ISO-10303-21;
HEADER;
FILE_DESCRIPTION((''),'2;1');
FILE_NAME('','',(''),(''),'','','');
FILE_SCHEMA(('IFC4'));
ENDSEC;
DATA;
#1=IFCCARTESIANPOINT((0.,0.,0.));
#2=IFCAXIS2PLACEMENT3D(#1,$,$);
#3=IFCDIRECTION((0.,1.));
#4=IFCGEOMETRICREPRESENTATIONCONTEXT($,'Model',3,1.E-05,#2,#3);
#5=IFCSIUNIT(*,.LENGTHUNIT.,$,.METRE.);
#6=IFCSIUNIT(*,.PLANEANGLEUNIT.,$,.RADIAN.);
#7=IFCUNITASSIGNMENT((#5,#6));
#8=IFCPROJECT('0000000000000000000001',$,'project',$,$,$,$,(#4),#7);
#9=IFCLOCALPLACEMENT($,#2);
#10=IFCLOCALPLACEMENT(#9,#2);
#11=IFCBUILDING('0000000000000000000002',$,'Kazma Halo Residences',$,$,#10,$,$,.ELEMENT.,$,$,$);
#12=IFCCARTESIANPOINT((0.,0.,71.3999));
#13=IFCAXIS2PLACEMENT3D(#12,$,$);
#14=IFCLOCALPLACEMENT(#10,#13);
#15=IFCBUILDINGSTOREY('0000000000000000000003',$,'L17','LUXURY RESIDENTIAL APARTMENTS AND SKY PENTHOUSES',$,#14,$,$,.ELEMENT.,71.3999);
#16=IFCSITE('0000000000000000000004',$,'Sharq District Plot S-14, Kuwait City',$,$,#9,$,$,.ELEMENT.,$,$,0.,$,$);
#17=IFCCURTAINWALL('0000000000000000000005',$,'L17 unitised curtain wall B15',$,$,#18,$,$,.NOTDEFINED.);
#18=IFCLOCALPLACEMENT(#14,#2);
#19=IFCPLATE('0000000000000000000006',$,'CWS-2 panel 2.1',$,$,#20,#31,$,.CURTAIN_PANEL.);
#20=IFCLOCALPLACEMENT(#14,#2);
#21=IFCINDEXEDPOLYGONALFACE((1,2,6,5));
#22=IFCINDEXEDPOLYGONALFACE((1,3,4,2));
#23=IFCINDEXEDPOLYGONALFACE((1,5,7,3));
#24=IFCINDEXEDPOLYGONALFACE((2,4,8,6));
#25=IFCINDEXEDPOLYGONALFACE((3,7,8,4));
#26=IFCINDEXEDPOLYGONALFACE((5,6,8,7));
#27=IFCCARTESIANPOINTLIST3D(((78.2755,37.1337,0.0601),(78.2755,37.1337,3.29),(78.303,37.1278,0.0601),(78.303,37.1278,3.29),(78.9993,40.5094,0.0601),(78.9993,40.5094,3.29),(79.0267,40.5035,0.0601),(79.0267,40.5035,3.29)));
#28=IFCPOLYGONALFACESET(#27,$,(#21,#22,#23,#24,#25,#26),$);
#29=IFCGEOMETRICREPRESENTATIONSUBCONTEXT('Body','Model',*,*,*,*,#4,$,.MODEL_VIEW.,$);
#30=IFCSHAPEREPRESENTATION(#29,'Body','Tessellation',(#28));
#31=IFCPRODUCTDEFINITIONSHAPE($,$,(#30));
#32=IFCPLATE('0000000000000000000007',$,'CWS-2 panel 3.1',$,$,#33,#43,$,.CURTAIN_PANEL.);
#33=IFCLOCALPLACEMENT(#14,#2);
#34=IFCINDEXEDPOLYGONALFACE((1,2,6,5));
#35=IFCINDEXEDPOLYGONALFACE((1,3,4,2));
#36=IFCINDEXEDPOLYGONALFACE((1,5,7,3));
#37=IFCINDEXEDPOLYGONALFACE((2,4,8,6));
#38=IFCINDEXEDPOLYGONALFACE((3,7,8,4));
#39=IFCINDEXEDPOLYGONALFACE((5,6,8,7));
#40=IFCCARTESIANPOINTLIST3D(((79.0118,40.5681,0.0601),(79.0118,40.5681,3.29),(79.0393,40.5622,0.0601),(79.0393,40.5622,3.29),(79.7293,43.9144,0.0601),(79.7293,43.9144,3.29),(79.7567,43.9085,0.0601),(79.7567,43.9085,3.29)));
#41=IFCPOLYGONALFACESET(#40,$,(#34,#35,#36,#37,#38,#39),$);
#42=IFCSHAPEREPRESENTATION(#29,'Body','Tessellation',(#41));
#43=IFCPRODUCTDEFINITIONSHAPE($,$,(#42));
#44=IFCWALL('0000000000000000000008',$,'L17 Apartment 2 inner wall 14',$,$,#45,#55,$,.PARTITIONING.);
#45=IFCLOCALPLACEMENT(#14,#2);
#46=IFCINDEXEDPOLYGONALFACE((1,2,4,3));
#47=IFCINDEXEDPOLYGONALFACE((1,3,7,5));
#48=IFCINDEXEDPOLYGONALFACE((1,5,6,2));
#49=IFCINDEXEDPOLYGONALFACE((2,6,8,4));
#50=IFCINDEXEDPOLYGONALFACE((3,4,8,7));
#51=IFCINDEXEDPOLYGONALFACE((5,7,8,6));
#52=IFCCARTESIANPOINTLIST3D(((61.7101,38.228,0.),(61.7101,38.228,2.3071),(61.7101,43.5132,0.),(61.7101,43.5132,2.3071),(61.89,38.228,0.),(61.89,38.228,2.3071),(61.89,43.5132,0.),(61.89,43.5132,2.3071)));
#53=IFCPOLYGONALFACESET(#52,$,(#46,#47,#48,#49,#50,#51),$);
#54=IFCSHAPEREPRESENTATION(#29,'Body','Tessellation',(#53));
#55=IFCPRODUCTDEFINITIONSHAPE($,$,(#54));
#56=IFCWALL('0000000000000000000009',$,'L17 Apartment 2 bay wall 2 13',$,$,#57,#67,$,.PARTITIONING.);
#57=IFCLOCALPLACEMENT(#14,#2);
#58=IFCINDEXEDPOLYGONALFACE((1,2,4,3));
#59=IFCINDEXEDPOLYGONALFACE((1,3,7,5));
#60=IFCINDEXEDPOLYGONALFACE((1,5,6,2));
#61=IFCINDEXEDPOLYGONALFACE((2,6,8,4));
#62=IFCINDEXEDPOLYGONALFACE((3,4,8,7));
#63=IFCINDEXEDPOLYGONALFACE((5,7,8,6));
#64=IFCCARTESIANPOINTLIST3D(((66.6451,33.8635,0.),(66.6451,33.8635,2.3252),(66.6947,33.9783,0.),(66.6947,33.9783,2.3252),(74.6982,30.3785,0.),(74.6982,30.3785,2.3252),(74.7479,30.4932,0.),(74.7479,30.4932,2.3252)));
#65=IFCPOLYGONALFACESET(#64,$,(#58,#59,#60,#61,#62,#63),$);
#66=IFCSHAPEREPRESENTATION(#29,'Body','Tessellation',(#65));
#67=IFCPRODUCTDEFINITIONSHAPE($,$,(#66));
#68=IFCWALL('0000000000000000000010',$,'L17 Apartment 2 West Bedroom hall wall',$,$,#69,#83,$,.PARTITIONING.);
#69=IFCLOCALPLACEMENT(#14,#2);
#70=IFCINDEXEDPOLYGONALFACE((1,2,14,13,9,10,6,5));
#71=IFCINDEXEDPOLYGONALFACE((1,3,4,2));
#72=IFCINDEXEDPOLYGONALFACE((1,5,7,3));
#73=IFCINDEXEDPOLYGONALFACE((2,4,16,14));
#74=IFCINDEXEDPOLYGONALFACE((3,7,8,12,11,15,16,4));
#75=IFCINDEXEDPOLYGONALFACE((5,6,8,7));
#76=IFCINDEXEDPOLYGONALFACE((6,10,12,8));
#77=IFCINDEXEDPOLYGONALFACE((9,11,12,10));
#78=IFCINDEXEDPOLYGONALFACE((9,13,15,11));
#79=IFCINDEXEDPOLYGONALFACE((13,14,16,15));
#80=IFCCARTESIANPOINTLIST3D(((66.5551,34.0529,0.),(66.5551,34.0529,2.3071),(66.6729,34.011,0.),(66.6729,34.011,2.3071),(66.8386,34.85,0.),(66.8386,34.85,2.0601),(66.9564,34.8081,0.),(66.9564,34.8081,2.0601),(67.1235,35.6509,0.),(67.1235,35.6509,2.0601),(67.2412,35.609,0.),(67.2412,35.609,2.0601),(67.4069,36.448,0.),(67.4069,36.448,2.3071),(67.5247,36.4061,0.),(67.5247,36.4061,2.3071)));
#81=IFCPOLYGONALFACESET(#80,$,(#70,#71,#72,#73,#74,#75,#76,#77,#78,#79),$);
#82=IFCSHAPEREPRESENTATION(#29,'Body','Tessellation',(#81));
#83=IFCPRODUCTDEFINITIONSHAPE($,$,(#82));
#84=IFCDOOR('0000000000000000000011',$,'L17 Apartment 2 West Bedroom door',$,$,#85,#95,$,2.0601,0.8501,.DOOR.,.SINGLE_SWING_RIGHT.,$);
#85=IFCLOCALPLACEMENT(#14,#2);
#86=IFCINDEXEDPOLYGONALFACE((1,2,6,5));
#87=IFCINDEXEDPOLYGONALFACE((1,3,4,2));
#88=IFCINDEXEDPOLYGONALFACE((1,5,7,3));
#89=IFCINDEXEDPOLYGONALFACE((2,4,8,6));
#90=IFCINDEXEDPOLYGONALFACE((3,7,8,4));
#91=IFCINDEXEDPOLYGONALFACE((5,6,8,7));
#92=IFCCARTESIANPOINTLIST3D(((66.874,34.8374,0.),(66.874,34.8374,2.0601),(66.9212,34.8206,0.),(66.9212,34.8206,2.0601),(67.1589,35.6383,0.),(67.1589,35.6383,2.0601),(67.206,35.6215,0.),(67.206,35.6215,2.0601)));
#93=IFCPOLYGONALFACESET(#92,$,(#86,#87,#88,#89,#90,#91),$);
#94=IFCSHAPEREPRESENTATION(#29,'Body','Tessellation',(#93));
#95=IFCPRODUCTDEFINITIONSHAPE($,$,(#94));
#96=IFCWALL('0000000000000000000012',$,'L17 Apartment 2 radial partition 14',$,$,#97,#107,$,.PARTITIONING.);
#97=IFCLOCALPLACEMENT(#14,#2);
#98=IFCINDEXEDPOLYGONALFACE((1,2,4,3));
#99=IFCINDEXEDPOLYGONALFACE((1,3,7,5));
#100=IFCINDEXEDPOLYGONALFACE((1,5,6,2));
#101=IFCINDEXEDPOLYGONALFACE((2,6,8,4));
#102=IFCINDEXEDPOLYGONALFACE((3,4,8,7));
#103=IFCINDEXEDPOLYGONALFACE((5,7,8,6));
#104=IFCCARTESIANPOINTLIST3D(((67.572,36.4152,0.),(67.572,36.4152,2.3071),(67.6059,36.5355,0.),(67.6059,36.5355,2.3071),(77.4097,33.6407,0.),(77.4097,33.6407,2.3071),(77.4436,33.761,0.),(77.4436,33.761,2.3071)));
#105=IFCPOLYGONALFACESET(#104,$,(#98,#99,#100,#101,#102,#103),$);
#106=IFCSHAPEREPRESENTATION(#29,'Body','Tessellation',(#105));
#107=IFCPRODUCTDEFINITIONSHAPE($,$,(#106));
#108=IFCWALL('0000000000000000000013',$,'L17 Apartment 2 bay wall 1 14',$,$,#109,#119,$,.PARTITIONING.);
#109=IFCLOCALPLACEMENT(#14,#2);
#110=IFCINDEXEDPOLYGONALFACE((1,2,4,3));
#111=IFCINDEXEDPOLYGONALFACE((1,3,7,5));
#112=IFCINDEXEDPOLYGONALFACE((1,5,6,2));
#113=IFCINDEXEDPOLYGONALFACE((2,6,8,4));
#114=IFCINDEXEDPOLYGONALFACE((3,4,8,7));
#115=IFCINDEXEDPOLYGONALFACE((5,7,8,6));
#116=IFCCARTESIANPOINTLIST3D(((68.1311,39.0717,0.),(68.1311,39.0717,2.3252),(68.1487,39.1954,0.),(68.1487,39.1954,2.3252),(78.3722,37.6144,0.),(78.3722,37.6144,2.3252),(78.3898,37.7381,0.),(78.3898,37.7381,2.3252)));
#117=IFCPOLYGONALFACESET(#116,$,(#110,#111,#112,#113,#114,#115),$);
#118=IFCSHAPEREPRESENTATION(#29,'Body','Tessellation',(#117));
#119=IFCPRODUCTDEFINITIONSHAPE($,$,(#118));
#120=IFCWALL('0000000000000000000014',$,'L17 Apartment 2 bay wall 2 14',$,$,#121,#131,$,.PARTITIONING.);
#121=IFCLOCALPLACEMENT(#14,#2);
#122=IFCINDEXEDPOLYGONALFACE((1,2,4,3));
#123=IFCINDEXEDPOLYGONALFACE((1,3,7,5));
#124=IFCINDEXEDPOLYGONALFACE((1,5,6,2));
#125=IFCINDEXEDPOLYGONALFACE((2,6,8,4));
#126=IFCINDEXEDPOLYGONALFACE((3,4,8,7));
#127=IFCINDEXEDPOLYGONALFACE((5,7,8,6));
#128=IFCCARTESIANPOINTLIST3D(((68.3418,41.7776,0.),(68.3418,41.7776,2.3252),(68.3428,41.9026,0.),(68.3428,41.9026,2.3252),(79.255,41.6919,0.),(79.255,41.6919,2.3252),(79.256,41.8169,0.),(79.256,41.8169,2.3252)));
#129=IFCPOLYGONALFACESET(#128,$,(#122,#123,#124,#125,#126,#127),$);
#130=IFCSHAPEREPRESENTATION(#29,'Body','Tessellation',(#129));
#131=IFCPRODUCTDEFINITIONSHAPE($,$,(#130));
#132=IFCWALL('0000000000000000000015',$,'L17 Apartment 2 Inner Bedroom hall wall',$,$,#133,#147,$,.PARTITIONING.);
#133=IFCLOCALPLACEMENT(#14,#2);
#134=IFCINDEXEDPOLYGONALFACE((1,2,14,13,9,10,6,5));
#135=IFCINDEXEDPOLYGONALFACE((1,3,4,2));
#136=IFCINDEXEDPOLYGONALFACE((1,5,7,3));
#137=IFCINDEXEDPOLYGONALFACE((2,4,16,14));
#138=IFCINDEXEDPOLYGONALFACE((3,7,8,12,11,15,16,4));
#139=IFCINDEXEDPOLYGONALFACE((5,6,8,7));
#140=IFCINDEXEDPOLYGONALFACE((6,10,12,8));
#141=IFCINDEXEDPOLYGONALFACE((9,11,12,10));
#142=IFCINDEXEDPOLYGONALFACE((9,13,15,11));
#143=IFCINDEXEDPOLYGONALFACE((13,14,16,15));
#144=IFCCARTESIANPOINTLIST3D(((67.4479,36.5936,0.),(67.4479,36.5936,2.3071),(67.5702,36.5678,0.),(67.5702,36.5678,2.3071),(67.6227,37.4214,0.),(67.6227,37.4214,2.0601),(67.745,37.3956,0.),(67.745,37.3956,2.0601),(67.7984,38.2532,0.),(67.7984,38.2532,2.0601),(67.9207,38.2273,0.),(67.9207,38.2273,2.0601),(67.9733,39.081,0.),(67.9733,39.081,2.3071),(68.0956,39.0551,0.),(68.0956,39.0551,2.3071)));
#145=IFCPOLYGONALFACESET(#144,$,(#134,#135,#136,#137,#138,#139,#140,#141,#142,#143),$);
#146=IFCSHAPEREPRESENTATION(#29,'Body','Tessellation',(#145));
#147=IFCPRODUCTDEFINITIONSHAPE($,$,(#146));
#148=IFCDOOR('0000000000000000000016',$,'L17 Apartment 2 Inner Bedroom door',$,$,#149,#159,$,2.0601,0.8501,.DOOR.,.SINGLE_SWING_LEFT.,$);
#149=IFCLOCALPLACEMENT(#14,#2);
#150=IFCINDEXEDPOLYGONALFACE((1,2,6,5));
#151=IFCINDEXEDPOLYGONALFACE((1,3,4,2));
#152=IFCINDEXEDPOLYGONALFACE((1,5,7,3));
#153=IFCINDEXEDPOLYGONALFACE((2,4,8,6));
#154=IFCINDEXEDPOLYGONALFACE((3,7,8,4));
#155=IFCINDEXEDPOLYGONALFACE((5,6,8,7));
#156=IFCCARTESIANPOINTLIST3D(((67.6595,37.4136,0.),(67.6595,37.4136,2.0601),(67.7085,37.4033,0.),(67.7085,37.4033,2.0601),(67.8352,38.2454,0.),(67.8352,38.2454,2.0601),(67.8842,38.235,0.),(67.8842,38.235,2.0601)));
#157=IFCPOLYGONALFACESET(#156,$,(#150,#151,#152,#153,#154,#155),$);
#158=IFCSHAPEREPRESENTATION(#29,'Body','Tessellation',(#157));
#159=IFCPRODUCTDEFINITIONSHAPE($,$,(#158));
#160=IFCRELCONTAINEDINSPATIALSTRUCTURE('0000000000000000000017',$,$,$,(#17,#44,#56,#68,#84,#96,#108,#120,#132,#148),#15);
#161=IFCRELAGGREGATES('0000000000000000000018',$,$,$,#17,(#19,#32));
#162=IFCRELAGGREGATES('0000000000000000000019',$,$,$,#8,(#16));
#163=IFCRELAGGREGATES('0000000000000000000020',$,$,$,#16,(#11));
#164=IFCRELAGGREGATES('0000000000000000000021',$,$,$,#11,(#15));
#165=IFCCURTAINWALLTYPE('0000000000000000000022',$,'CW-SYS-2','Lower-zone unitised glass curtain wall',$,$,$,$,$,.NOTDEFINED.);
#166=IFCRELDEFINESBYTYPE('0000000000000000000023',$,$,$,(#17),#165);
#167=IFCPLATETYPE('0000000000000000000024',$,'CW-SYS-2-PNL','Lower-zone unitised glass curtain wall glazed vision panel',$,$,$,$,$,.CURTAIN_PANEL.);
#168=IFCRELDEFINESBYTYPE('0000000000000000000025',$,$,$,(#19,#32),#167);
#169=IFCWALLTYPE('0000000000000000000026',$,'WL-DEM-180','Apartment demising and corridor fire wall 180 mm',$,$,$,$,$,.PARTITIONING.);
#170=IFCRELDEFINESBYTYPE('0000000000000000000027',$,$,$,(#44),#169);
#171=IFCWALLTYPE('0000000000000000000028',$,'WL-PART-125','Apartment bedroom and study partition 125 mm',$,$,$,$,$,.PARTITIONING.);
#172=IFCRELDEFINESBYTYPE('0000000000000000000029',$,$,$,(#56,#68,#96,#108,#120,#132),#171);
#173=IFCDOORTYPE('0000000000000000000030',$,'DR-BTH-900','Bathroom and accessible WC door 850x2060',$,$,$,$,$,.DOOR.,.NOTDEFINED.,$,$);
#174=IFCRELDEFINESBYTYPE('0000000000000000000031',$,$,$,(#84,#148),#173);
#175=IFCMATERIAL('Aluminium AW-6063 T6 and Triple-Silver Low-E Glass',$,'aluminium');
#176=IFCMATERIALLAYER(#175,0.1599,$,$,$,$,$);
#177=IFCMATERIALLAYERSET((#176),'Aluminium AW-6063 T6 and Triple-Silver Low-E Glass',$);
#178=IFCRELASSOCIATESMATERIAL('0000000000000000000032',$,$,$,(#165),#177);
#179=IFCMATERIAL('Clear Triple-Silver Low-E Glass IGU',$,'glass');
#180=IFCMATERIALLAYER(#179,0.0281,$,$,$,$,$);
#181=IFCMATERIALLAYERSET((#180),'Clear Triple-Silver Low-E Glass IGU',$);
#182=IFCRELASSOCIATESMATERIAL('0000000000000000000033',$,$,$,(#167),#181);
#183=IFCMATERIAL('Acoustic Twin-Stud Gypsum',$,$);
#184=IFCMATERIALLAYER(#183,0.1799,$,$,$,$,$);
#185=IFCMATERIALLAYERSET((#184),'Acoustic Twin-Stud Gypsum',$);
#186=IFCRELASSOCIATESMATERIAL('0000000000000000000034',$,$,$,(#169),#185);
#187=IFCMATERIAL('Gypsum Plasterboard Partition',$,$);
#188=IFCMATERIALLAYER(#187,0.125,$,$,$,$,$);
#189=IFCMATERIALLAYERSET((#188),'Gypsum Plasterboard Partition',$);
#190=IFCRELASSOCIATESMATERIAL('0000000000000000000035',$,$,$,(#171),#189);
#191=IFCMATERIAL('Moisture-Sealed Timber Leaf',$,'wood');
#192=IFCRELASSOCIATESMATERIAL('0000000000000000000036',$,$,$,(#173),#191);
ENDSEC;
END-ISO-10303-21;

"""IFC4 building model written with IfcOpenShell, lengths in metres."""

from ifc_helpers import new_model, si_unit, direction, frame, frame_2d, origin, origin_2d, place, context, subcontext, project, spatial, rectangle, extrude, material, layer, layer_set, type_object, element, fill, aggregate, save


model = new_model("IFC4")

# Units and contexts
model_context = context("Model", 3, precision=1e-05, world=origin(), true_north=direction((0.0, 1.0)))
body_context = subcontext(model_context, "Body", "Model", "MODEL_VIEW")
ifc_project = project(units=[si_unit("LENGTHUNIT", "METRE"), si_unit("PLANEANGLEUNIT", "RADIAN")], contexts=[model_context])

# Site, building, storey
site_placement = place(None, origin())
site = spatial("IfcSite", under=ifc_project, at=site_placement, Name="Sharq District Plot S-14, Kuwait City", CompositionType="ELEMENT", RefElevation=0.0)
building_placement = place(site_placement, origin())
building = spatial("IfcBuilding", under=site, at=building_placement, Name="Kazma Halo Residences", CompositionType="ELEMENT")
storey_placement = place(building_placement, frame((0.0, 0.0, 71.3999)))
storey = spatial("IfcBuildingStorey", under=building, at=storey_placement, Name="L17", Description="LUXURY RESIDENTIAL APARTMENTS AND SKY PENTHOUSES", CompositionType="ELEMENT", Elevation=71.3999)

# Curtain wall, plates
ifc_material_1 = material(Name="Aluminium AW-6063 T6 and Triple-Silver Low-E Glass", Category="aluminium")
ifc_layer_1 = layer(ifc_material_1, 0.1599)
ifc_layer_set_1 = layer_set([ifc_layer_1], Name="Aluminium AW-6063 T6 and Triple-Silver Low-E Glass")
curtain_wall_type = type_object("IfcCurtainWallType", Name="CW-SYS-2", Description="Lower-zone unitised glass curtain wall", PredefinedType="NOTDEFINED", material=ifc_layer_set_1)
curtain_wall_placement = place(storey_placement, origin())
curtain_wall = element("IfcCurtainWall", 1, at=curtain_wall_placement, inside=storey, type_object=curtain_wall_type, Name="L17 unitised curtain wall B15", PredefinedType="NOTDEFINED")
ifc_material_2 = material(Name="Clear Triple-Silver Low-E Glass IGU", Category="glass")
ifc_layer_2 = layer(ifc_material_2, 0.0281)
ifc_layer_set_2 = layer_set([ifc_layer_2], Name="Clear Triple-Silver Low-E Glass IGU")
plate_type = type_object("IfcPlateType", Name="CW-SYS-2-PNL", Description="Lower-zone unitised glass curtain wall glazed vision panel", PredefinedType="CURTAIN_PANEL", material=ifc_layer_set_2)
plate_1_placement = place(storey_placement, frame((78.6511, 38.8186, 0.0601), z_axis=(0.0, 0.0, 1.0), x_axis=(0.209637, 0.977779, 0.0)))
plate_1 = element("IfcPlate", 2, at=plate_1_placement, type_object=plate_type, Name="CWS-2 panel 2.1", PredefinedType="CURTAIN_PANEL", context=body_context, shape_type="SweptSolid", body=[
    extrude(rectangle(XDim=3.4524, YDim=0.0281, at=origin_2d()), origin(), (0.0, 0.0, 1.0), 3.23),
])
plate_2_placement = place(storey_placement, frame((79.3843, 42.2383, 0.0601), z_axis=(0.0, 0.0, 1.0), x_axis=(0.209637, 0.977779, 0.0)))
plate_2 = element("IfcPlate", 3, at=plate_2_placement, type_object=plate_type, Name="CWS-2 panel 3.1", PredefinedType="CURTAIN_PANEL", context=body_context, shape_type="SweptSolid", body=[
    extrude(rectangle(XDim=3.4224, YDim=0.0281, at=origin_2d()), origin(), (0.0, 0.0, 1.0), 3.23),
])
aggregate(curtain_wall, [plate_1, plate_2])

# Walls
ifc_material_3 = material(Name="Acoustic Twin-Stud Gypsum")
ifc_layer_3 = layer(ifc_material_3, 0.1799)
ifc_layer_set_3 = layer_set([ifc_layer_3], Name="Acoustic Twin-Stud Gypsum")
wall_type_1 = type_object("IfcWallType", Name="WL-DEM-180", Description="Apartment demising and corridor fire wall 180 mm", PredefinedType="PARTITIONING", material=ifc_layer_set_3)
wall_1_placement = place(storey_placement, frame((61.8, 38.228, 0.0), z_axis=(0.0, 0.0, 1.0), x_axis=(0.0, 1.0, 0.0)))
element("IfcWall", 4, at=wall_1_placement, inside=storey, type_object=wall_type_1, Name="L17 Apartment 2 inner wall 14", PredefinedType="PARTITIONING", context=body_context, shape_type="SweptSolid", body=[
    extrude(rectangle(XDim=5.2852, YDim=0.1799, at=frame_2d((2.6426, 0.0))), origin(), (0.0, 0.0, 1.0), 2.3071),
])
ifc_material_4 = material(Name="Gypsum Plasterboard Partition")
ifc_layer_4 = layer(ifc_material_4, 0.125)
ifc_layer_set_4 = layer_set([ifc_layer_4], Name="Gypsum Plasterboard Partition")
wall_type_2 = type_object("IfcWallType", Name="WL-PART-125", Description="Apartment bedroom and study partition 125 mm", PredefinedType="PARTITIONING", material=ifc_layer_set_4)
wall_2_placement = place(storey_placement, frame((66.6699, 33.9209, 0.0), z_axis=(0.0, 0.0, 1.0), x_axis=(0.917748, -0.397164, 0.0)))
element("IfcWall", 5, at=wall_2_placement, inside=storey, type_object=wall_type_2, Name="L17 Apartment 2 bay wall 2 13", PredefinedType="PARTITIONING", context=body_context, shape_type="SweptSolid", body=[
    extrude(rectangle(XDim=8.7749, YDim=0.125, at=frame_2d((4.3875, 0.0))), origin(), (0.0, 0.0, 1.0), 2.3252),
])

# Wall, opening, door
wall_3_placement = place(storey_placement, frame((66.614, 34.032, 0.0), z_axis=(0.0, 0.0, 1.0), x_axis=(0.335095, 0.942184, 0.0)))
wall_3 = element("IfcWall", 6, at=wall_3_placement, inside=storey, type_object=wall_type_2, Name="L17 Apartment 2 West Bedroom hall wall", PredefinedType="PARTITIONING", context=body_context, shape_type="SweptSolid", body=[
    extrude(rectangle(XDim=2.542, YDim=0.125, at=frame_2d((1.271, 0.0))), origin(), (0.0, 0.0, 1.0), 2.3071),
])
opening_1_placement = place(wall_3_placement, frame((0.8459, 0.0, 0.0)))
opening_1 = element("IfcOpeningElement", 7, at=opening_1_placement, cuts=wall_3, PredefinedType="OPENING", context=body_context, shape_type="SweptSolid", body=[
    extrude(rectangle(XDim=0.8501, YDim=2.0601, at=frame_2d((0.425, 1.03))), frame((0.0, 0.0725, 0.0), z_axis=(0.0, -1.0, 0.0), x_axis=(1.0, 0.0, 0.0)), (0.0, 0.0, 1.0), 0.145),
])
ifc_material_5 = material(Name="Moisture-Sealed Timber Leaf", Category="wood")
door_type = type_object("IfcDoorType", Name="DR-BTH-900", Description="Bathroom and accessible WC door 850x2060", OperationType="NOTDEFINED", PredefinedType="DOOR", material=ifc_material_5)
door_1_placement = place(opening_1_placement, origin())
door_1 = element("IfcDoor", 8, at=door_1_placement, inside=storey, type_object=door_type, Name="L17 Apartment 2 West Bedroom door", OperationType="SINGLE_SWING_RIGHT", OverallHeight=2.0601, OverallWidth=0.8501, PredefinedType="DOOR", context=body_context, shape_type="SweptSolid", body=[
    extrude(rectangle(XDim=0.8501, YDim=2.0601, at=frame_2d((0.425, 1.03))), frame((0.0, 0.0249, 0.0), z_axis=(0.0, -1.0, 0.0), x_axis=(1.0, 0.0, 0.0)), (0.0, 0.0, 1.0), 0.05),
])
fill(opening_1, door_1)

# Walls
wall_4_placement = place(storey_placement, frame((67.5889, 36.4753, 0.0), z_axis=(0.0, 0.0, 1.0), x_axis=(0.962458, -0.271432, 0.0)))
element("IfcWall", 9, at=wall_4_placement, inside=storey, type_object=wall_type_2, Name="L17 Apartment 2 radial partition 14", PredefinedType="PARTITIONING", context=body_context, shape_type="SweptSolid", body=[
    extrude(rectangle(XDim=10.2214, YDim=0.125, at=frame_2d((5.1108, 0.0))), origin(), (0.0, 0.0, 1.0), 2.3071),
])
wall_5_placement = place(storey_placement, frame((68.1399, 39.1335, 0.0), z_axis=(0.0, 0.0, 1.0), x_axis=(0.990027, -0.140879, 0.0)))
element("IfcWall", 10, at=wall_5_placement, inside=storey, type_object=wall_type_2, Name="L17 Apartment 2 bay wall 1 14", PredefinedType="PARTITIONING", context=body_context, shape_type="SweptSolid", body=[
    extrude(rectangle(XDim=10.3442, YDim=0.125, at=frame_2d((5.1721, 0.0))), origin(), (0.0, 0.0, 1.0), 2.3252),
])
wall_6_placement = place(storey_placement, frame((68.3423, 41.8401, 0.0), z_axis=(0.0, 0.0, 1.0), x_axis=(0.999969, -0.007852, 0.0)))
element("IfcWall", 11, at=wall_6_placement, inside=storey, type_object=wall_type_2, Name="L17 Apartment 2 bay wall 2 14", PredefinedType="PARTITIONING", context=body_context, shape_type="SweptSolid", body=[
    extrude(rectangle(XDim=10.9136, YDim=0.125, at=frame_2d((5.4568, 0.0))), origin(), (0.0, 0.0, 1.0), 2.3252),
])

# Wall, opening, door
wall_7_placement = place(storey_placement, frame((67.509, 36.5808, 0.0), z_axis=(0.0, 0.0, 1.0), x_axis=(0.206669, 0.978411, 0.0)))
wall_7 = element("IfcWall", 12, at=wall_7_placement, inside=storey, type_object=wall_type_2, Name="L17 Apartment 2 Inner Bedroom hall wall", PredefinedType="PARTITIONING", context=body_context, shape_type="SweptSolid", body=[
    extrude(rectangle(XDim=2.5422, YDim=0.125, at=frame_2d((1.271, 0.0))), origin(), (0.0, 0.0, 1.0), 2.3071),
])
opening_2_placement = place(wall_7_placement, frame((0.8459, 0.0, 0.0)))
opening_2 = element("IfcOpeningElement", 13, at=opening_2_placement, cuts=wall_7, PredefinedType="OPENING", context=body_context, shape_type="SweptSolid", body=[
    extrude(rectangle(XDim=0.8501, YDim=2.0601, at=frame_2d((0.425, 1.03))), frame((0.0, 0.0725, 0.0), z_axis=(0.0, -1.0, 0.0), x_axis=(1.0, 0.0, 0.0)), (0.0, 0.0, 1.0), 0.145),
])
door_2_placement = place(opening_2_placement, origin())
door_2 = element("IfcDoor", 14, at=door_2_placement, inside=storey, type_object=door_type, Name="L17 Apartment 2 Inner Bedroom door", OperationType="SINGLE_SWING_LEFT", OverallHeight=2.0601, OverallWidth=0.8501, PredefinedType="DOOR", context=body_context, shape_type="SweptSolid", body=[
    extrude(rectangle(XDim=0.8501, YDim=2.0601, at=frame_2d((0.425, 1.03))), frame((0.0, 0.0249, 0.0), z_axis=(0.0, -1.0, 0.0), x_axis=(1.0, 0.0, 0.0)), (0.0, 0.0, 1.0), 0.05),
])
fill(opening_2, door_2)

save(model, "model.ifc")
